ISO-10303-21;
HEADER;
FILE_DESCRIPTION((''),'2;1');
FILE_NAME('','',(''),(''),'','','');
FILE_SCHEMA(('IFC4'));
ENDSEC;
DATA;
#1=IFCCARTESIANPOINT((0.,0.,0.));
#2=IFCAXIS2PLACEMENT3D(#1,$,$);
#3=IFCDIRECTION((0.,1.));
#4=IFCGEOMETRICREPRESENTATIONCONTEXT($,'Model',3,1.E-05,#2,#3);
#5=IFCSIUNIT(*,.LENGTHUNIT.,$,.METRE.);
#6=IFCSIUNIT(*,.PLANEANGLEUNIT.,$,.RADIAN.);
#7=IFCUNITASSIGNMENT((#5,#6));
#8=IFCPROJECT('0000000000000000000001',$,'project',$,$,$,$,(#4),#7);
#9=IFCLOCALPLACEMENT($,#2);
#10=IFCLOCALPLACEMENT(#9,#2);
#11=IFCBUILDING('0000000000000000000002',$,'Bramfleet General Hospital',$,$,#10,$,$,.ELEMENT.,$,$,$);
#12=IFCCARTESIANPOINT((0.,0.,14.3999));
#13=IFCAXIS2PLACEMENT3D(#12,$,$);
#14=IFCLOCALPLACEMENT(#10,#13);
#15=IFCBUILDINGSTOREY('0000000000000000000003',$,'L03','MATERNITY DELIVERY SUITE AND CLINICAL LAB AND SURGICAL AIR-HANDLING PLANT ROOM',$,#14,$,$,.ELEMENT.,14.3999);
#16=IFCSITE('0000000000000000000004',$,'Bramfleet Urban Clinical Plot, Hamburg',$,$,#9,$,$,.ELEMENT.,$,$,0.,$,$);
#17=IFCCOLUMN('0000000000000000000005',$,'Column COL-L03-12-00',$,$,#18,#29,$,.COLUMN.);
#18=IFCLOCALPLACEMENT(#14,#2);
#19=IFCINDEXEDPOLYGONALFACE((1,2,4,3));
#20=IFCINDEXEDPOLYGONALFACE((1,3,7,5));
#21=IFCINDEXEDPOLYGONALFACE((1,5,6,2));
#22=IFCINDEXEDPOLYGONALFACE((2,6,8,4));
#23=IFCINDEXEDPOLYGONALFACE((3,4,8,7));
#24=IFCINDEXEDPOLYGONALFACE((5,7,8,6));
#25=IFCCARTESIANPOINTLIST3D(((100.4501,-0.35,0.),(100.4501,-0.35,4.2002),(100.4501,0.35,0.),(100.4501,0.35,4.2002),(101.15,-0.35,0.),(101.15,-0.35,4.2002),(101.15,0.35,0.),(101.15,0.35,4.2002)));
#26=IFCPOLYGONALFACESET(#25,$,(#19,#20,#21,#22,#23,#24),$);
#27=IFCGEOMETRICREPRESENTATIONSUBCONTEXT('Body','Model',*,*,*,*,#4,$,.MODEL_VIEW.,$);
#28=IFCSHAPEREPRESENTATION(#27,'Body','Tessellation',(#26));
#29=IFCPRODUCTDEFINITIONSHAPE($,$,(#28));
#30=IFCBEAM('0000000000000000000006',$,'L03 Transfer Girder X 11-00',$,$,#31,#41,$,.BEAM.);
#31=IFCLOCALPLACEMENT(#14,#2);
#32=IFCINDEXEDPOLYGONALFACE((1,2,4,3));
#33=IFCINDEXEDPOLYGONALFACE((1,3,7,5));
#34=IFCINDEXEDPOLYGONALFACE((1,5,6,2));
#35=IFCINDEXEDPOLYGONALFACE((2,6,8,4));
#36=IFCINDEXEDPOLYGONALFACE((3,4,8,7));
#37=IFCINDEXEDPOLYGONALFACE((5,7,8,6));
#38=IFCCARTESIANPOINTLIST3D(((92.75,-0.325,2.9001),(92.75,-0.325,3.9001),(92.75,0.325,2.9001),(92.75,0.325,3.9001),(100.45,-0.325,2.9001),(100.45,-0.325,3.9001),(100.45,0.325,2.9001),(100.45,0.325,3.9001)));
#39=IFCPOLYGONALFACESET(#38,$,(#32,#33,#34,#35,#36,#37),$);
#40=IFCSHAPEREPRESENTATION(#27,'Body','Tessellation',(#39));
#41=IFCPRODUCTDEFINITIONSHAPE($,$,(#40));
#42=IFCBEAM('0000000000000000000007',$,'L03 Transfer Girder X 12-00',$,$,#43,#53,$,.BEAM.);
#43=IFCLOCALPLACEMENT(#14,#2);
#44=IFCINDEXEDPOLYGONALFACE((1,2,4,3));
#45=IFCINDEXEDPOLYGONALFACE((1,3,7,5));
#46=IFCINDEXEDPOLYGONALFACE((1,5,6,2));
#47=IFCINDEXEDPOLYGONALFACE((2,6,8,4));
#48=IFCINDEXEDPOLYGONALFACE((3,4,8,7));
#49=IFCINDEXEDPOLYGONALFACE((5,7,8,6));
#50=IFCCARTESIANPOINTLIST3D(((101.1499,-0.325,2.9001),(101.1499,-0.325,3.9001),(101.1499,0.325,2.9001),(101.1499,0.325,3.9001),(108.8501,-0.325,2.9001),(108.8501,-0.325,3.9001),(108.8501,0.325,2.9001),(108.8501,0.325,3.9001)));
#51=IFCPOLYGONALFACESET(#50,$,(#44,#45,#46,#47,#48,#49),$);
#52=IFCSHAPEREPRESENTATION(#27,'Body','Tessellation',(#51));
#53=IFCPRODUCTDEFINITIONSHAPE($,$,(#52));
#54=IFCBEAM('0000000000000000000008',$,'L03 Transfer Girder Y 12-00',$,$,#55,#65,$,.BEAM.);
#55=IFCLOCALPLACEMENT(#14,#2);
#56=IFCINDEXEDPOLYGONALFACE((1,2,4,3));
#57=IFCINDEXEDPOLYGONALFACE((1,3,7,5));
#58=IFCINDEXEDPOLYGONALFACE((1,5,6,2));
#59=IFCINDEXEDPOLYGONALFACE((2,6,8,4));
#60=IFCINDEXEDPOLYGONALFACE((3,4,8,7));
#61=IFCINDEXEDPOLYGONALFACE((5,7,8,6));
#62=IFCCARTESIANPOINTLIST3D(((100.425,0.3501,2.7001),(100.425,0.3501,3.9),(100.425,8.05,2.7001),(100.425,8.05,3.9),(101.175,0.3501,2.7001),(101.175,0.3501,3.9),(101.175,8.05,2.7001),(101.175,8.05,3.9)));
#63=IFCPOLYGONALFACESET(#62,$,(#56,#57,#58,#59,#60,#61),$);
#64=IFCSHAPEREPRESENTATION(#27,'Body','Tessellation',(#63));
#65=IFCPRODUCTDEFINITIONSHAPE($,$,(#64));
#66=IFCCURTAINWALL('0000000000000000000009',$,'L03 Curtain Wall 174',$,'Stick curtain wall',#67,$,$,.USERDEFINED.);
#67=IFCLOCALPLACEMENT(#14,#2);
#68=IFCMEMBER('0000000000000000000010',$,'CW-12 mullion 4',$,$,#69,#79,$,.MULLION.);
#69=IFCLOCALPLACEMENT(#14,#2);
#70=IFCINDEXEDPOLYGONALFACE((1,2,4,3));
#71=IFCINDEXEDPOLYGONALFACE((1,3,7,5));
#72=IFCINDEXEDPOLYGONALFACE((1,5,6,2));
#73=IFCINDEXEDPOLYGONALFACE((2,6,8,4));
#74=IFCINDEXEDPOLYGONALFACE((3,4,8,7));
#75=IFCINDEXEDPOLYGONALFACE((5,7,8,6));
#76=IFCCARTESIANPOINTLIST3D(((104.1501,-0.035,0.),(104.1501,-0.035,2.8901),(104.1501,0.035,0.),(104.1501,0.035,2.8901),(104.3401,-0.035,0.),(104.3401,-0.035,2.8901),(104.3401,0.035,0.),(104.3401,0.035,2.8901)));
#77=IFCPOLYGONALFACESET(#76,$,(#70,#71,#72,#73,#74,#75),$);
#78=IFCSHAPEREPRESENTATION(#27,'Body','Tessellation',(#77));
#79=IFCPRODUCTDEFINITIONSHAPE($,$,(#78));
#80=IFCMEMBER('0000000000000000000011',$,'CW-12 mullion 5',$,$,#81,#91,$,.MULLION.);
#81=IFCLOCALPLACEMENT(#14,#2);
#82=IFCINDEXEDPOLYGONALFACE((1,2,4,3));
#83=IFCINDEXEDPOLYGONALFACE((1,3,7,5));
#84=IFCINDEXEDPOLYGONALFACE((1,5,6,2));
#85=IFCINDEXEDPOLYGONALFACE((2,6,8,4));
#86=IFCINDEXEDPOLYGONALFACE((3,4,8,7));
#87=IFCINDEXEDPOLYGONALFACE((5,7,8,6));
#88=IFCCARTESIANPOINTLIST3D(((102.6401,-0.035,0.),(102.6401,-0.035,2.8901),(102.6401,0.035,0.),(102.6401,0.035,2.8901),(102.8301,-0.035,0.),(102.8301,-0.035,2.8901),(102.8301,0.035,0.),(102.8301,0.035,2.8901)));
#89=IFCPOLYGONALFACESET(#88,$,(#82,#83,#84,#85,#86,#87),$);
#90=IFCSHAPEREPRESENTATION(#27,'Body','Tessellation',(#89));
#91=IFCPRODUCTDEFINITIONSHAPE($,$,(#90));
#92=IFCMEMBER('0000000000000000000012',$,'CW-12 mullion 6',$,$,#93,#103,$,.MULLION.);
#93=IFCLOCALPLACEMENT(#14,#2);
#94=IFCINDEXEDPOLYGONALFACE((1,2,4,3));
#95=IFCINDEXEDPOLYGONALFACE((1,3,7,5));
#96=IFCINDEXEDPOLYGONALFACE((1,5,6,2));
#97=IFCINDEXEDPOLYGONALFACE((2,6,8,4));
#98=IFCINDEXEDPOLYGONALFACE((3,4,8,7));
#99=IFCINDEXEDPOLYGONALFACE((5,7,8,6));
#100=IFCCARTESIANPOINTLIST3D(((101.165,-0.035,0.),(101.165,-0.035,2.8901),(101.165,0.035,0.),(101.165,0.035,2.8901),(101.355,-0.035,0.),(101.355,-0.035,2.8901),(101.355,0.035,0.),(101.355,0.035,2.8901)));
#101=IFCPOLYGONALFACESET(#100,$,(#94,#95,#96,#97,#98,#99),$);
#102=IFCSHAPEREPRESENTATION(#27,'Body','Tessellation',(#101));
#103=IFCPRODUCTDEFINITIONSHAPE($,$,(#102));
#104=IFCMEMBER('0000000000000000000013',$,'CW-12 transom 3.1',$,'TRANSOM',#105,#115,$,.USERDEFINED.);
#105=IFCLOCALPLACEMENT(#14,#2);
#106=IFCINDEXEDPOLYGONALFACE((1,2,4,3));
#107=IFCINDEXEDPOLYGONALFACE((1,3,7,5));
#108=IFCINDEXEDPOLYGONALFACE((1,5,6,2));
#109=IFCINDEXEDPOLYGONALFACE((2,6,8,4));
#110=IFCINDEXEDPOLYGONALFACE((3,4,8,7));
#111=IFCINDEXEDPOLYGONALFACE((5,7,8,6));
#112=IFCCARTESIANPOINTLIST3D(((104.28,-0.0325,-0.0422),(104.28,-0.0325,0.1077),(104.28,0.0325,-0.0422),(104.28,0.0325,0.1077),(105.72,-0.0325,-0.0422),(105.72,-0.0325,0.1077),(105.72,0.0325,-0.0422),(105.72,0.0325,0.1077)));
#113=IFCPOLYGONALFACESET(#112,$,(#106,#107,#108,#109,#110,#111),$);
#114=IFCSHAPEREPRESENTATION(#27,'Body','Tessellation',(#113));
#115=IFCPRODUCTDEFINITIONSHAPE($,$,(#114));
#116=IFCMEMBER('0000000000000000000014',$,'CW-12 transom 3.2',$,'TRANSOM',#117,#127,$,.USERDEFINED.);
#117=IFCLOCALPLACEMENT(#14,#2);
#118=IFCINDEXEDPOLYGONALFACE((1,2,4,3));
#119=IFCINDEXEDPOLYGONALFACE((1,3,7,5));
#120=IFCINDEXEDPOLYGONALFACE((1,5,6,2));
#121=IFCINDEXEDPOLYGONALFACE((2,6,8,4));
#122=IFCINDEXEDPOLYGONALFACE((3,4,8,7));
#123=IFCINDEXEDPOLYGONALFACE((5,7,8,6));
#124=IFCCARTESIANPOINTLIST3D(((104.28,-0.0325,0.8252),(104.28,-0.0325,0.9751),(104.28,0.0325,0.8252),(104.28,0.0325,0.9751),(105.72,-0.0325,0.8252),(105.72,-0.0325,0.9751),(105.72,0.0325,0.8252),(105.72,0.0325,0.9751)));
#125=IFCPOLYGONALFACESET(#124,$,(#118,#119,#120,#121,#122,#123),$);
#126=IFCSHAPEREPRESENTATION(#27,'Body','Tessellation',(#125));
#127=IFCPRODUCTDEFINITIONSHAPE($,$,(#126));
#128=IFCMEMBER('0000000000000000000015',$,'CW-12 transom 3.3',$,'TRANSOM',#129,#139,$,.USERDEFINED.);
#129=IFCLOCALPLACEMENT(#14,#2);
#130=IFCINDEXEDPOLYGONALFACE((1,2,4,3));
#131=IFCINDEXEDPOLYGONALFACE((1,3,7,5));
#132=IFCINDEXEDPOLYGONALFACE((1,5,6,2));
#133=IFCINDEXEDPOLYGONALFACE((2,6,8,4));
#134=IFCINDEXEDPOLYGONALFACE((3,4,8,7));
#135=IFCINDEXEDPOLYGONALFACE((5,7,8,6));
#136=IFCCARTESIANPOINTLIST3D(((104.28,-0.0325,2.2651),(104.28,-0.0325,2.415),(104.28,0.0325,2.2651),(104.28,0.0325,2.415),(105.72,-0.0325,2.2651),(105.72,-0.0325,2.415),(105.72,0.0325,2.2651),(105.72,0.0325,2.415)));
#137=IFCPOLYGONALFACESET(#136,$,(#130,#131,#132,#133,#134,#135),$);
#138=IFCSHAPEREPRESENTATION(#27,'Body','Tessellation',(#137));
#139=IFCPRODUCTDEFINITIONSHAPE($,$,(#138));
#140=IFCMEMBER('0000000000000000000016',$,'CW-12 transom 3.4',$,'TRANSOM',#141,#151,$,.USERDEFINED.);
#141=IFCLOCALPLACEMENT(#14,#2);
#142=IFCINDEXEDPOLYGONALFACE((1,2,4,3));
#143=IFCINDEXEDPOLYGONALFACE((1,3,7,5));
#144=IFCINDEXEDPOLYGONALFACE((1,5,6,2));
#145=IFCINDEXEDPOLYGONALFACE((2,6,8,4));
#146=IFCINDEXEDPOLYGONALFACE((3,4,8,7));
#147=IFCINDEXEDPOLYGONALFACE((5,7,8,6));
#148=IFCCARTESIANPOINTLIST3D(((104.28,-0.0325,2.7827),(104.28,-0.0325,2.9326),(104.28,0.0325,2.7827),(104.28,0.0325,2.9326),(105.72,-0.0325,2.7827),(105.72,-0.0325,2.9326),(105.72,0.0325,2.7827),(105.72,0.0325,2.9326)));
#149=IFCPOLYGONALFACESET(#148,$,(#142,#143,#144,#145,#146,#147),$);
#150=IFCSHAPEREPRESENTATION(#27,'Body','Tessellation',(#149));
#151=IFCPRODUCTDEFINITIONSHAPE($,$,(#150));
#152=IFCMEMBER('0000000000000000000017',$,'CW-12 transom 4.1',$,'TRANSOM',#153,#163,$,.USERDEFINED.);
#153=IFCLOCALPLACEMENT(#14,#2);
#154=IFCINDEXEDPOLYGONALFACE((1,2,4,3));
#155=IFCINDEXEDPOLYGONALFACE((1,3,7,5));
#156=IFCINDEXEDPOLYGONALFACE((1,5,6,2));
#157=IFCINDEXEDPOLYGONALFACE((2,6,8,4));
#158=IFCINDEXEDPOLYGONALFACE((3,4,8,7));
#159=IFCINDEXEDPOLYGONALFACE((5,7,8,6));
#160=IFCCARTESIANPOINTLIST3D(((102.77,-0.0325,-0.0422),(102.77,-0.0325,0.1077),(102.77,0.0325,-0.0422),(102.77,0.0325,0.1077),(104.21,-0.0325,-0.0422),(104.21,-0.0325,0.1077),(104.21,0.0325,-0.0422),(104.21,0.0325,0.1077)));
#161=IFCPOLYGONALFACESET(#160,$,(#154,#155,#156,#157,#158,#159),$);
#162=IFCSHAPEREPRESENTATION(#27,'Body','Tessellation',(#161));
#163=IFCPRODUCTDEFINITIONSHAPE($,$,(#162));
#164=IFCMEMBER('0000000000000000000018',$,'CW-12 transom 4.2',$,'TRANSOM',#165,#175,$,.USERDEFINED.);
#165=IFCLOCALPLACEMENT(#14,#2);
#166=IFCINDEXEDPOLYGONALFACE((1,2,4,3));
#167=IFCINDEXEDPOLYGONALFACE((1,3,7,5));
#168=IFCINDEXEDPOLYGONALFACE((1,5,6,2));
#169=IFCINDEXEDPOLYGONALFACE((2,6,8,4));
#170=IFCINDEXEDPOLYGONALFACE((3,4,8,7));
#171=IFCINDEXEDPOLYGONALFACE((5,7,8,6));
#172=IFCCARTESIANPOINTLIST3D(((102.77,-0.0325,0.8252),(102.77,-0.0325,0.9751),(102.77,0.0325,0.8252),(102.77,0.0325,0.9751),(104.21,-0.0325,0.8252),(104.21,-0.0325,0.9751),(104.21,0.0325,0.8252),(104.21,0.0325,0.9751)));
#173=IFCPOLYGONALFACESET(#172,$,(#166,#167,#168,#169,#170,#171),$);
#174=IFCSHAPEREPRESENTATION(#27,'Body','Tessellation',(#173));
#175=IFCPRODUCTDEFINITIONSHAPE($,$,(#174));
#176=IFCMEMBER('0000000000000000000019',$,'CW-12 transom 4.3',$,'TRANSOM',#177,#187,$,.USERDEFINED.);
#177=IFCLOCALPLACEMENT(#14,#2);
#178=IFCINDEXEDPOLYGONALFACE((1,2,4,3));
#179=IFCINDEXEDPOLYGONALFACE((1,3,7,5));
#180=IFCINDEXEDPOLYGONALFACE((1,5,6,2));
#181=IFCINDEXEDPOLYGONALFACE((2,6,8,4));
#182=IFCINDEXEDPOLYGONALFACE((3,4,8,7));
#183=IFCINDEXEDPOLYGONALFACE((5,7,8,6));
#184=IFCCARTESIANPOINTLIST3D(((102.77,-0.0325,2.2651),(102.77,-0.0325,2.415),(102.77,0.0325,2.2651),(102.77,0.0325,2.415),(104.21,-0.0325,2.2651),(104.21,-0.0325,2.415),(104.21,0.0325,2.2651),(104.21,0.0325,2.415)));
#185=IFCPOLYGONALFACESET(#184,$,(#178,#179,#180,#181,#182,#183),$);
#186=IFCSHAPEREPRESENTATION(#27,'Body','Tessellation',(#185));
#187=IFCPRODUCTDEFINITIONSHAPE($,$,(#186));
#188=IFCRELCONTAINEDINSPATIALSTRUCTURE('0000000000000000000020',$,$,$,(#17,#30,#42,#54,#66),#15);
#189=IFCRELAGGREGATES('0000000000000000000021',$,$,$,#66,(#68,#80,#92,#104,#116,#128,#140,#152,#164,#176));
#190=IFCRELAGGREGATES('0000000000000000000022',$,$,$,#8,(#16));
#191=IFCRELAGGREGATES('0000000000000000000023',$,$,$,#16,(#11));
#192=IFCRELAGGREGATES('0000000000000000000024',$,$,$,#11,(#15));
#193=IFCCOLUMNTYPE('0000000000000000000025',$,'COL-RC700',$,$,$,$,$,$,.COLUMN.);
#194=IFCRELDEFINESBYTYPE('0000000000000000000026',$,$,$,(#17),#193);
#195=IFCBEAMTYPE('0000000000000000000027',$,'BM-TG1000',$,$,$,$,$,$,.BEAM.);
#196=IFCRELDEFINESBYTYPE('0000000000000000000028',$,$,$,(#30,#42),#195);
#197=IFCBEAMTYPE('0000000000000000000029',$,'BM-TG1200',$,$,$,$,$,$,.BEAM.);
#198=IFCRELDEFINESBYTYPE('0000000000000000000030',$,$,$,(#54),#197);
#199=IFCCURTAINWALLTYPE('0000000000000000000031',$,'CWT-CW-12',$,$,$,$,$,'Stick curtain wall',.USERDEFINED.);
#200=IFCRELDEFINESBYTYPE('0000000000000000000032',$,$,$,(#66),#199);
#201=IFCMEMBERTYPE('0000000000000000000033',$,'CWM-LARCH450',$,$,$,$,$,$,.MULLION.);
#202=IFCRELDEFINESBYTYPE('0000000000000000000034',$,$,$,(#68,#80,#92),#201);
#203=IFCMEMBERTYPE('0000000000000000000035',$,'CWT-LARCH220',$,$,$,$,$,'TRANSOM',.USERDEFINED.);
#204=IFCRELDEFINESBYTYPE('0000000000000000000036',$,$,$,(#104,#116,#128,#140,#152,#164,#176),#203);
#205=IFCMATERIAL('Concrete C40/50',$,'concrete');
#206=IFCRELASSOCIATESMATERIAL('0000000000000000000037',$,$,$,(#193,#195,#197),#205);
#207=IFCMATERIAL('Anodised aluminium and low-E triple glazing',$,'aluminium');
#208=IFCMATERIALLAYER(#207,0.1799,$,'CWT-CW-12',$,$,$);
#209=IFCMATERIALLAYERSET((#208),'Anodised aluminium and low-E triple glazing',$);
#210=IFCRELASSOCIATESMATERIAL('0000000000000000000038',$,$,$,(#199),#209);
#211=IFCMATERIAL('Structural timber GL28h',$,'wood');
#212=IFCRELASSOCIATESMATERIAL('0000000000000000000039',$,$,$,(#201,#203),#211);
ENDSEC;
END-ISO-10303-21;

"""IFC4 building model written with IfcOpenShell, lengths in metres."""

from ifc_helpers import new_model, si_unit, direction, frame, origin, origin_2d, place, context, subcontext, project, spatial, rectangle, extrude, material, layer, layer_set, material_profile, profile_set, type_object, element, aggregate, save


model = new_model("IFC4")

# Units and contexts
model_context = context("Model", 3, precision=1e-05, world=origin(), true_north=direction((0.0, 1.0)))
body_context = subcontext(model_context, "Body", "Model", "MODEL_VIEW")
ifc_project = project(units=[si_unit("LENGTHUNIT", "METRE"), si_unit("PLANEANGLEUNIT", "RADIAN")], contexts=[model_context])

# Site, building, storey
site_placement = place(None, origin())
site = spatial("IfcSite", under=ifc_project, at=site_placement, Name="Bramfleet Urban Clinical Plot, Hamburg", CompositionType="ELEMENT", RefElevation=0.0)
building_placement = place(site_placement, origin())
building = spatial("IfcBuilding", under=site, at=building_placement, Name="Bramfleet General Hospital", CompositionType="ELEMENT")
storey_placement = place(building_placement, frame((0.0, 0.0, 14.3999)))
storey = spatial("IfcBuildingStorey", under=building, at=storey_placement, Name="L03", Description="MATERNITY DELIVERY SUITE AND CLINICAL LAB AND SURGICAL AIR-HANDLING PLANT ROOM", CompositionType="ELEMENT", Elevation=14.3999)

# Column
ifc_material_1 = material(Name="Concrete C40/50", Category="concrete")
ifc_material_profile_1 = material_profile(ifc_material_1, rectangle(XDim=0.7, YDim=0.7, at=origin_2d()), Name="RC COL 700x700")
ifc_profile_set_1 = profile_set([ifc_material_profile_1], Name="Concrete C40/50")
column_type = type_object("IfcColumnType", Name="COL-RC700", PredefinedType="COLUMN", material=ifc_profile_set_1)
column_placement = place(storey_placement, frame((100.8, 0.0, 0.0), z_axis=(0.0, 0.0, 1.0), x_axis=(1.0, 0.0, 0.0)))
element("IfcColumn", 1, at=column_placement, inside=storey, type_object=column_type, Name="Column COL-L03-12-00", PredefinedType="COLUMN", context=body_context, shape_type="SweptSolid", body=[
    extrude(rectangle(XDim=0.7, YDim=0.7, at=origin_2d()), origin(), (0.0, 0.0, 1.0), 4.2002),
])

# Beams
ifc_material_profile_2 = material_profile(ifc_material_1, rectangle(XDim=0.6499, YDim=1.0, at=origin_2d()), Name="RC TG 1000x650")
ifc_profile_set_2 = profile_set([ifc_material_profile_2], Name="Concrete C40/50")
beam_type_1 = type_object("IfcBeamType", Name="BM-TG1000", PredefinedType="BEAM", material=ifc_profile_set_2)
beam_1_placement = place(storey_placement, frame((92.75, 0.0, 3.4001), z_axis=(1.0, 0.0, 0.0), x_axis=(0.0, 1.0, 0.0)))
element("IfcBeam", 2, at=beam_1_placement, inside=storey, type_object=beam_type_1, Name="L03 Transfer Girder X 11-00", PredefinedType="BEAM", context=body_context, shape_type="SweptSolid", body=[
    extrude(rectangle(XDim=0.6499, YDim=1.0, at=origin_2d()), origin(), (0.0, 0.0, 1.0), 7.7),
])
beam_2_placement = place(storey_placement, frame((101.1499, 0.0, 3.4001), z_axis=(1.0, 0.0, 0.0), x_axis=(0.0, 1.0, 0.0)))
element("IfcBeam", 3, at=beam_2_placement, inside=storey, type_object=beam_type_1, Name="L03 Transfer Girder X 12-00", PredefinedType="BEAM", context=body_context, shape_type="SweptSolid", body=[
    extrude(rectangle(XDim=0.6499, YDim=1.0, at=origin_2d()), origin(), (0.0, 0.0, 1.0), 7.7002),
])
ifc_material_profile_3 = material_profile(ifc_material_1, rectangle(XDim=0.75, YDim=1.2, at=origin_2d()), Name="RC TG 1200x750")
ifc_profile_set_3 = profile_set([ifc_material_profile_3], Name="Concrete C40/50")
beam_type_2 = type_object("IfcBeamType", Name="BM-TG1200", PredefinedType="BEAM", material=ifc_profile_set_3)
beam_3_placement = place(storey_placement, frame((100.8, 0.3501, 3.3), z_axis=(0.0, 1.0, 0.0), x_axis=(-1.0, 0.0, 0.0)))
element("IfcBeam", 4, at=beam_3_placement, inside=storey, type_object=beam_type_2, Name="L03 Transfer Girder Y 12-00", PredefinedType="BEAM", context=body_context, shape_type="SweptSolid", body=[
    extrude(rectangle(XDim=0.75, YDim=1.2, at=origin_2d()), origin(), (0.0, 0.0, 1.0), 7.7),
])

# Curtain wall, members
ifc_material_2 = material(Name="Anodised aluminium and low-E triple glazing", Category="aluminium")
ifc_layer_1 = layer(ifc_material_2, 0.1799, Name="CWT-CW-12")
ifc_layer_set_1 = layer_set([ifc_layer_1], Name="Anodised aluminium and low-E triple glazing")
curtain_wall_type = type_object("IfcCurtainWallType", Name="CWT-CW-12", ElementType="Stick curtain wall", PredefinedType="USERDEFINED", material=ifc_layer_set_1)
curtain_wall_placement = place(storey_placement, origin())
curtain_wall = element("IfcCurtainWall", 5, at=curtain_wall_placement, inside=storey, type_object=curtain_wall_type, Name="L03 Curtain Wall 174", ObjectType="Stick curtain wall", PredefinedType="USERDEFINED")
ifc_material_3 = material(Name="Structural timber GL28h", Category="wood")
ifc_material_profile_4 = material_profile(ifc_material_3, rectangle(XDim=0.0701, YDim=0.1899, at=origin_2d()), Name="LARCH 190x70")
ifc_profile_set_4 = profile_set([ifc_material_profile_4], Name="Structural timber GL28h")
member_type_1 = type_object("IfcMemberType", Name="CWM-LARCH450", PredefinedType="MULLION", material=ifc_profile_set_4)
member_1_placement = place(storey_placement, frame((104.2451, 0.0, 0.0), z_axis=(0.0, 0.0, 1.0), x_axis=(0.0, -1.0, 0.0)))
member_1 = element("IfcMember", 6, at=member_1_placement, type_object=member_type_1, Name="CW-12 mullion 4", PredefinedType="MULLION", context=body_context, shape_type="SweptSolid", body=[
    extrude(rectangle(XDim=0.0701, YDim=0.1899, at=origin_2d()), origin(), (0.0, 0.0, 1.0), 2.8901),
])
member_2_placement = place(storey_placement, frame((102.7351, 0.0, 0.0), z_axis=(0.0, 0.0, 1.0), x_axis=(0.0, -1.0, 0.0)))
member_2 = element("IfcMember", 7, at=member_2_placement, type_object=member_type_1, Name="CW-12 mullion 5", PredefinedType="MULLION", context=body_context, shape_type="SweptSolid", body=[
    extrude(rectangle(XDim=0.0701, YDim=0.1899, at=origin_2d()), origin(), (0.0, 0.0, 1.0), 2.8901),
])
member_3_placement = place(storey_placement, frame((101.26, 0.0, 0.0), z_axis=(0.0, 0.0, 1.0), x_axis=(0.0, -1.0, 0.0)))
member_3 = element("IfcMember", 8, at=member_3_placement, type_object=member_type_1, Name="CW-12 mullion 6", PredefinedType="MULLION", context=body_context, shape_type="SweptSolid", body=[
    extrude(rectangle(XDim=0.0701, YDim=0.1899, at=origin_2d()), origin(), (0.0, 0.0, 1.0), 2.8901),
])
ifc_material_profile_5 = material_profile(ifc_material_3, rectangle(XDim=0.0649, YDim=0.1499, at=origin_2d()), Name="LARCH 150x65")
ifc_profile_set_5 = profile_set([ifc_material_profile_5], Name="Structural timber GL28h")
member_type_2 = type_object("IfcMemberType", Name="CWT-LARCH220", ElementType="TRANSOM", PredefinedType="USERDEFINED", material=ifc_profile_set_5)
member_4_placement = place(storey_placement, frame((105.72, 0.0, 0.0327), z_axis=(-1.0, 0.0, 0.0), x_axis=(0.0, -1.0, 0.0)))
member_4 = element("IfcMember", 9, at=member_4_placement, type_object=member_type_2, Name="CW-12 transom 3.1", ObjectType="TRANSOM", PredefinedType="USERDEFINED", context=body_context, shape_type="SweptSolid", body=[
    extrude(rectangle(XDim=0.0649, YDim=0.1499, at=origin_2d()), origin(), (0.0, 0.0, 1.0), 1.4399),
])
member_5_placement = place(storey_placement, frame((105.72, 0.0, 0.9001), z_axis=(-1.0, 0.0, 0.0), x_axis=(0.0, -1.0, 0.0)))
member_5 = element("IfcMember", 10, at=member_5_placement, type_object=member_type_2, Name="CW-12 transom 3.2", ObjectType="TRANSOM", PredefinedType="USERDEFINED", context=body_context, shape_type="SweptSolid", body=[
    extrude(rectangle(XDim=0.0649, YDim=0.1499, at=origin_2d()), origin(), (0.0, 0.0, 1.0), 1.4399),
])
member_6_placement = place(storey_placement, frame((105.72, 0.0, 2.3401), z_axis=(-1.0, 0.0, 0.0), x_axis=(0.0, -1.0, 0.0)))
member_6 = element("IfcMember", 11, at=member_6_placement, type_object=member_type_2, Name="CW-12 transom 3.3", ObjectType="TRANSOM", PredefinedType="USERDEFINED", context=body_context, shape_type="SweptSolid", body=[
    extrude(rectangle(XDim=0.0649, YDim=0.1499, at=origin_2d()), origin(), (0.0, 0.0, 1.0), 1.4399),
])
member_7_placement = place(storey_placement, frame((105.72, 0.0, 2.8577), z_axis=(-1.0, 0.0, 0.0), x_axis=(0.0, -1.0, 0.0)))
member_7 = element("IfcMember", 12, at=member_7_placement, type_object=member_type_2, Name="CW-12 transom 3.4", ObjectType="TRANSOM", PredefinedType="USERDEFINED", context=body_context, shape_type="SweptSolid", body=[
    extrude(rectangle(XDim=0.0649, YDim=0.1499, at=origin_2d()), origin(), (0.0, 0.0, 1.0), 1.4399),
])
member_8_placement = place(storey_placement, frame((104.21, 0.0, 0.0327), z_axis=(-1.0, 0.0, 0.0), x_axis=(0.0, -1.0, 0.0)))
member_8 = element("IfcMember", 13, at=member_8_placement, type_object=member_type_2, Name="CW-12 transom 4.1", ObjectType="TRANSOM", PredefinedType="USERDEFINED", context=body_context, shape_type="SweptSolid", body=[
    extrude(rectangle(XDim=0.0649, YDim=0.1499, at=origin_2d()), origin(), (0.0, 0.0, 1.0), 1.4399),
])
member_9_placement = place(storey_placement, frame((104.21, 0.0, 0.9001), z_axis=(-1.0, 0.0, 0.0), x_axis=(0.0, -1.0, 0.0)))
member_9 = element("IfcMember", 14, at=member_9_placement, type_object=member_type_2, Name="CW-12 transom 4.2", ObjectType="TRANSOM", PredefinedType="USERDEFINED", context=body_context, shape_type="SweptSolid", body=[
    extrude(rectangle(XDim=0.0649, YDim=0.1499, at=origin_2d()), origin(), (0.0, 0.0, 1.0), 1.4399),
])
member_10_placement = place(storey_placement, frame((104.21, 0.0, 2.3401), z_axis=(-1.0, 0.0, 0.0), x_axis=(0.0, -1.0, 0.0)))
member_10 = element("IfcMember", 15, at=member_10_placement, type_object=member_type_2, Name="CW-12 transom 4.3", ObjectType="TRANSOM", PredefinedType="USERDEFINED", context=body_context, shape_type="SweptSolid", body=[
    extrude(rectangle(XDim=0.0649, YDim=0.1499, at=origin_2d()), origin(), (0.0, 0.0, 1.0), 1.4399),
])
aggregate(curtain_wall, [member_1, member_2, member_3, member_4, member_5, member_6, member_7, member_8, member_9, member_10])

save(model, "model.ifc")
